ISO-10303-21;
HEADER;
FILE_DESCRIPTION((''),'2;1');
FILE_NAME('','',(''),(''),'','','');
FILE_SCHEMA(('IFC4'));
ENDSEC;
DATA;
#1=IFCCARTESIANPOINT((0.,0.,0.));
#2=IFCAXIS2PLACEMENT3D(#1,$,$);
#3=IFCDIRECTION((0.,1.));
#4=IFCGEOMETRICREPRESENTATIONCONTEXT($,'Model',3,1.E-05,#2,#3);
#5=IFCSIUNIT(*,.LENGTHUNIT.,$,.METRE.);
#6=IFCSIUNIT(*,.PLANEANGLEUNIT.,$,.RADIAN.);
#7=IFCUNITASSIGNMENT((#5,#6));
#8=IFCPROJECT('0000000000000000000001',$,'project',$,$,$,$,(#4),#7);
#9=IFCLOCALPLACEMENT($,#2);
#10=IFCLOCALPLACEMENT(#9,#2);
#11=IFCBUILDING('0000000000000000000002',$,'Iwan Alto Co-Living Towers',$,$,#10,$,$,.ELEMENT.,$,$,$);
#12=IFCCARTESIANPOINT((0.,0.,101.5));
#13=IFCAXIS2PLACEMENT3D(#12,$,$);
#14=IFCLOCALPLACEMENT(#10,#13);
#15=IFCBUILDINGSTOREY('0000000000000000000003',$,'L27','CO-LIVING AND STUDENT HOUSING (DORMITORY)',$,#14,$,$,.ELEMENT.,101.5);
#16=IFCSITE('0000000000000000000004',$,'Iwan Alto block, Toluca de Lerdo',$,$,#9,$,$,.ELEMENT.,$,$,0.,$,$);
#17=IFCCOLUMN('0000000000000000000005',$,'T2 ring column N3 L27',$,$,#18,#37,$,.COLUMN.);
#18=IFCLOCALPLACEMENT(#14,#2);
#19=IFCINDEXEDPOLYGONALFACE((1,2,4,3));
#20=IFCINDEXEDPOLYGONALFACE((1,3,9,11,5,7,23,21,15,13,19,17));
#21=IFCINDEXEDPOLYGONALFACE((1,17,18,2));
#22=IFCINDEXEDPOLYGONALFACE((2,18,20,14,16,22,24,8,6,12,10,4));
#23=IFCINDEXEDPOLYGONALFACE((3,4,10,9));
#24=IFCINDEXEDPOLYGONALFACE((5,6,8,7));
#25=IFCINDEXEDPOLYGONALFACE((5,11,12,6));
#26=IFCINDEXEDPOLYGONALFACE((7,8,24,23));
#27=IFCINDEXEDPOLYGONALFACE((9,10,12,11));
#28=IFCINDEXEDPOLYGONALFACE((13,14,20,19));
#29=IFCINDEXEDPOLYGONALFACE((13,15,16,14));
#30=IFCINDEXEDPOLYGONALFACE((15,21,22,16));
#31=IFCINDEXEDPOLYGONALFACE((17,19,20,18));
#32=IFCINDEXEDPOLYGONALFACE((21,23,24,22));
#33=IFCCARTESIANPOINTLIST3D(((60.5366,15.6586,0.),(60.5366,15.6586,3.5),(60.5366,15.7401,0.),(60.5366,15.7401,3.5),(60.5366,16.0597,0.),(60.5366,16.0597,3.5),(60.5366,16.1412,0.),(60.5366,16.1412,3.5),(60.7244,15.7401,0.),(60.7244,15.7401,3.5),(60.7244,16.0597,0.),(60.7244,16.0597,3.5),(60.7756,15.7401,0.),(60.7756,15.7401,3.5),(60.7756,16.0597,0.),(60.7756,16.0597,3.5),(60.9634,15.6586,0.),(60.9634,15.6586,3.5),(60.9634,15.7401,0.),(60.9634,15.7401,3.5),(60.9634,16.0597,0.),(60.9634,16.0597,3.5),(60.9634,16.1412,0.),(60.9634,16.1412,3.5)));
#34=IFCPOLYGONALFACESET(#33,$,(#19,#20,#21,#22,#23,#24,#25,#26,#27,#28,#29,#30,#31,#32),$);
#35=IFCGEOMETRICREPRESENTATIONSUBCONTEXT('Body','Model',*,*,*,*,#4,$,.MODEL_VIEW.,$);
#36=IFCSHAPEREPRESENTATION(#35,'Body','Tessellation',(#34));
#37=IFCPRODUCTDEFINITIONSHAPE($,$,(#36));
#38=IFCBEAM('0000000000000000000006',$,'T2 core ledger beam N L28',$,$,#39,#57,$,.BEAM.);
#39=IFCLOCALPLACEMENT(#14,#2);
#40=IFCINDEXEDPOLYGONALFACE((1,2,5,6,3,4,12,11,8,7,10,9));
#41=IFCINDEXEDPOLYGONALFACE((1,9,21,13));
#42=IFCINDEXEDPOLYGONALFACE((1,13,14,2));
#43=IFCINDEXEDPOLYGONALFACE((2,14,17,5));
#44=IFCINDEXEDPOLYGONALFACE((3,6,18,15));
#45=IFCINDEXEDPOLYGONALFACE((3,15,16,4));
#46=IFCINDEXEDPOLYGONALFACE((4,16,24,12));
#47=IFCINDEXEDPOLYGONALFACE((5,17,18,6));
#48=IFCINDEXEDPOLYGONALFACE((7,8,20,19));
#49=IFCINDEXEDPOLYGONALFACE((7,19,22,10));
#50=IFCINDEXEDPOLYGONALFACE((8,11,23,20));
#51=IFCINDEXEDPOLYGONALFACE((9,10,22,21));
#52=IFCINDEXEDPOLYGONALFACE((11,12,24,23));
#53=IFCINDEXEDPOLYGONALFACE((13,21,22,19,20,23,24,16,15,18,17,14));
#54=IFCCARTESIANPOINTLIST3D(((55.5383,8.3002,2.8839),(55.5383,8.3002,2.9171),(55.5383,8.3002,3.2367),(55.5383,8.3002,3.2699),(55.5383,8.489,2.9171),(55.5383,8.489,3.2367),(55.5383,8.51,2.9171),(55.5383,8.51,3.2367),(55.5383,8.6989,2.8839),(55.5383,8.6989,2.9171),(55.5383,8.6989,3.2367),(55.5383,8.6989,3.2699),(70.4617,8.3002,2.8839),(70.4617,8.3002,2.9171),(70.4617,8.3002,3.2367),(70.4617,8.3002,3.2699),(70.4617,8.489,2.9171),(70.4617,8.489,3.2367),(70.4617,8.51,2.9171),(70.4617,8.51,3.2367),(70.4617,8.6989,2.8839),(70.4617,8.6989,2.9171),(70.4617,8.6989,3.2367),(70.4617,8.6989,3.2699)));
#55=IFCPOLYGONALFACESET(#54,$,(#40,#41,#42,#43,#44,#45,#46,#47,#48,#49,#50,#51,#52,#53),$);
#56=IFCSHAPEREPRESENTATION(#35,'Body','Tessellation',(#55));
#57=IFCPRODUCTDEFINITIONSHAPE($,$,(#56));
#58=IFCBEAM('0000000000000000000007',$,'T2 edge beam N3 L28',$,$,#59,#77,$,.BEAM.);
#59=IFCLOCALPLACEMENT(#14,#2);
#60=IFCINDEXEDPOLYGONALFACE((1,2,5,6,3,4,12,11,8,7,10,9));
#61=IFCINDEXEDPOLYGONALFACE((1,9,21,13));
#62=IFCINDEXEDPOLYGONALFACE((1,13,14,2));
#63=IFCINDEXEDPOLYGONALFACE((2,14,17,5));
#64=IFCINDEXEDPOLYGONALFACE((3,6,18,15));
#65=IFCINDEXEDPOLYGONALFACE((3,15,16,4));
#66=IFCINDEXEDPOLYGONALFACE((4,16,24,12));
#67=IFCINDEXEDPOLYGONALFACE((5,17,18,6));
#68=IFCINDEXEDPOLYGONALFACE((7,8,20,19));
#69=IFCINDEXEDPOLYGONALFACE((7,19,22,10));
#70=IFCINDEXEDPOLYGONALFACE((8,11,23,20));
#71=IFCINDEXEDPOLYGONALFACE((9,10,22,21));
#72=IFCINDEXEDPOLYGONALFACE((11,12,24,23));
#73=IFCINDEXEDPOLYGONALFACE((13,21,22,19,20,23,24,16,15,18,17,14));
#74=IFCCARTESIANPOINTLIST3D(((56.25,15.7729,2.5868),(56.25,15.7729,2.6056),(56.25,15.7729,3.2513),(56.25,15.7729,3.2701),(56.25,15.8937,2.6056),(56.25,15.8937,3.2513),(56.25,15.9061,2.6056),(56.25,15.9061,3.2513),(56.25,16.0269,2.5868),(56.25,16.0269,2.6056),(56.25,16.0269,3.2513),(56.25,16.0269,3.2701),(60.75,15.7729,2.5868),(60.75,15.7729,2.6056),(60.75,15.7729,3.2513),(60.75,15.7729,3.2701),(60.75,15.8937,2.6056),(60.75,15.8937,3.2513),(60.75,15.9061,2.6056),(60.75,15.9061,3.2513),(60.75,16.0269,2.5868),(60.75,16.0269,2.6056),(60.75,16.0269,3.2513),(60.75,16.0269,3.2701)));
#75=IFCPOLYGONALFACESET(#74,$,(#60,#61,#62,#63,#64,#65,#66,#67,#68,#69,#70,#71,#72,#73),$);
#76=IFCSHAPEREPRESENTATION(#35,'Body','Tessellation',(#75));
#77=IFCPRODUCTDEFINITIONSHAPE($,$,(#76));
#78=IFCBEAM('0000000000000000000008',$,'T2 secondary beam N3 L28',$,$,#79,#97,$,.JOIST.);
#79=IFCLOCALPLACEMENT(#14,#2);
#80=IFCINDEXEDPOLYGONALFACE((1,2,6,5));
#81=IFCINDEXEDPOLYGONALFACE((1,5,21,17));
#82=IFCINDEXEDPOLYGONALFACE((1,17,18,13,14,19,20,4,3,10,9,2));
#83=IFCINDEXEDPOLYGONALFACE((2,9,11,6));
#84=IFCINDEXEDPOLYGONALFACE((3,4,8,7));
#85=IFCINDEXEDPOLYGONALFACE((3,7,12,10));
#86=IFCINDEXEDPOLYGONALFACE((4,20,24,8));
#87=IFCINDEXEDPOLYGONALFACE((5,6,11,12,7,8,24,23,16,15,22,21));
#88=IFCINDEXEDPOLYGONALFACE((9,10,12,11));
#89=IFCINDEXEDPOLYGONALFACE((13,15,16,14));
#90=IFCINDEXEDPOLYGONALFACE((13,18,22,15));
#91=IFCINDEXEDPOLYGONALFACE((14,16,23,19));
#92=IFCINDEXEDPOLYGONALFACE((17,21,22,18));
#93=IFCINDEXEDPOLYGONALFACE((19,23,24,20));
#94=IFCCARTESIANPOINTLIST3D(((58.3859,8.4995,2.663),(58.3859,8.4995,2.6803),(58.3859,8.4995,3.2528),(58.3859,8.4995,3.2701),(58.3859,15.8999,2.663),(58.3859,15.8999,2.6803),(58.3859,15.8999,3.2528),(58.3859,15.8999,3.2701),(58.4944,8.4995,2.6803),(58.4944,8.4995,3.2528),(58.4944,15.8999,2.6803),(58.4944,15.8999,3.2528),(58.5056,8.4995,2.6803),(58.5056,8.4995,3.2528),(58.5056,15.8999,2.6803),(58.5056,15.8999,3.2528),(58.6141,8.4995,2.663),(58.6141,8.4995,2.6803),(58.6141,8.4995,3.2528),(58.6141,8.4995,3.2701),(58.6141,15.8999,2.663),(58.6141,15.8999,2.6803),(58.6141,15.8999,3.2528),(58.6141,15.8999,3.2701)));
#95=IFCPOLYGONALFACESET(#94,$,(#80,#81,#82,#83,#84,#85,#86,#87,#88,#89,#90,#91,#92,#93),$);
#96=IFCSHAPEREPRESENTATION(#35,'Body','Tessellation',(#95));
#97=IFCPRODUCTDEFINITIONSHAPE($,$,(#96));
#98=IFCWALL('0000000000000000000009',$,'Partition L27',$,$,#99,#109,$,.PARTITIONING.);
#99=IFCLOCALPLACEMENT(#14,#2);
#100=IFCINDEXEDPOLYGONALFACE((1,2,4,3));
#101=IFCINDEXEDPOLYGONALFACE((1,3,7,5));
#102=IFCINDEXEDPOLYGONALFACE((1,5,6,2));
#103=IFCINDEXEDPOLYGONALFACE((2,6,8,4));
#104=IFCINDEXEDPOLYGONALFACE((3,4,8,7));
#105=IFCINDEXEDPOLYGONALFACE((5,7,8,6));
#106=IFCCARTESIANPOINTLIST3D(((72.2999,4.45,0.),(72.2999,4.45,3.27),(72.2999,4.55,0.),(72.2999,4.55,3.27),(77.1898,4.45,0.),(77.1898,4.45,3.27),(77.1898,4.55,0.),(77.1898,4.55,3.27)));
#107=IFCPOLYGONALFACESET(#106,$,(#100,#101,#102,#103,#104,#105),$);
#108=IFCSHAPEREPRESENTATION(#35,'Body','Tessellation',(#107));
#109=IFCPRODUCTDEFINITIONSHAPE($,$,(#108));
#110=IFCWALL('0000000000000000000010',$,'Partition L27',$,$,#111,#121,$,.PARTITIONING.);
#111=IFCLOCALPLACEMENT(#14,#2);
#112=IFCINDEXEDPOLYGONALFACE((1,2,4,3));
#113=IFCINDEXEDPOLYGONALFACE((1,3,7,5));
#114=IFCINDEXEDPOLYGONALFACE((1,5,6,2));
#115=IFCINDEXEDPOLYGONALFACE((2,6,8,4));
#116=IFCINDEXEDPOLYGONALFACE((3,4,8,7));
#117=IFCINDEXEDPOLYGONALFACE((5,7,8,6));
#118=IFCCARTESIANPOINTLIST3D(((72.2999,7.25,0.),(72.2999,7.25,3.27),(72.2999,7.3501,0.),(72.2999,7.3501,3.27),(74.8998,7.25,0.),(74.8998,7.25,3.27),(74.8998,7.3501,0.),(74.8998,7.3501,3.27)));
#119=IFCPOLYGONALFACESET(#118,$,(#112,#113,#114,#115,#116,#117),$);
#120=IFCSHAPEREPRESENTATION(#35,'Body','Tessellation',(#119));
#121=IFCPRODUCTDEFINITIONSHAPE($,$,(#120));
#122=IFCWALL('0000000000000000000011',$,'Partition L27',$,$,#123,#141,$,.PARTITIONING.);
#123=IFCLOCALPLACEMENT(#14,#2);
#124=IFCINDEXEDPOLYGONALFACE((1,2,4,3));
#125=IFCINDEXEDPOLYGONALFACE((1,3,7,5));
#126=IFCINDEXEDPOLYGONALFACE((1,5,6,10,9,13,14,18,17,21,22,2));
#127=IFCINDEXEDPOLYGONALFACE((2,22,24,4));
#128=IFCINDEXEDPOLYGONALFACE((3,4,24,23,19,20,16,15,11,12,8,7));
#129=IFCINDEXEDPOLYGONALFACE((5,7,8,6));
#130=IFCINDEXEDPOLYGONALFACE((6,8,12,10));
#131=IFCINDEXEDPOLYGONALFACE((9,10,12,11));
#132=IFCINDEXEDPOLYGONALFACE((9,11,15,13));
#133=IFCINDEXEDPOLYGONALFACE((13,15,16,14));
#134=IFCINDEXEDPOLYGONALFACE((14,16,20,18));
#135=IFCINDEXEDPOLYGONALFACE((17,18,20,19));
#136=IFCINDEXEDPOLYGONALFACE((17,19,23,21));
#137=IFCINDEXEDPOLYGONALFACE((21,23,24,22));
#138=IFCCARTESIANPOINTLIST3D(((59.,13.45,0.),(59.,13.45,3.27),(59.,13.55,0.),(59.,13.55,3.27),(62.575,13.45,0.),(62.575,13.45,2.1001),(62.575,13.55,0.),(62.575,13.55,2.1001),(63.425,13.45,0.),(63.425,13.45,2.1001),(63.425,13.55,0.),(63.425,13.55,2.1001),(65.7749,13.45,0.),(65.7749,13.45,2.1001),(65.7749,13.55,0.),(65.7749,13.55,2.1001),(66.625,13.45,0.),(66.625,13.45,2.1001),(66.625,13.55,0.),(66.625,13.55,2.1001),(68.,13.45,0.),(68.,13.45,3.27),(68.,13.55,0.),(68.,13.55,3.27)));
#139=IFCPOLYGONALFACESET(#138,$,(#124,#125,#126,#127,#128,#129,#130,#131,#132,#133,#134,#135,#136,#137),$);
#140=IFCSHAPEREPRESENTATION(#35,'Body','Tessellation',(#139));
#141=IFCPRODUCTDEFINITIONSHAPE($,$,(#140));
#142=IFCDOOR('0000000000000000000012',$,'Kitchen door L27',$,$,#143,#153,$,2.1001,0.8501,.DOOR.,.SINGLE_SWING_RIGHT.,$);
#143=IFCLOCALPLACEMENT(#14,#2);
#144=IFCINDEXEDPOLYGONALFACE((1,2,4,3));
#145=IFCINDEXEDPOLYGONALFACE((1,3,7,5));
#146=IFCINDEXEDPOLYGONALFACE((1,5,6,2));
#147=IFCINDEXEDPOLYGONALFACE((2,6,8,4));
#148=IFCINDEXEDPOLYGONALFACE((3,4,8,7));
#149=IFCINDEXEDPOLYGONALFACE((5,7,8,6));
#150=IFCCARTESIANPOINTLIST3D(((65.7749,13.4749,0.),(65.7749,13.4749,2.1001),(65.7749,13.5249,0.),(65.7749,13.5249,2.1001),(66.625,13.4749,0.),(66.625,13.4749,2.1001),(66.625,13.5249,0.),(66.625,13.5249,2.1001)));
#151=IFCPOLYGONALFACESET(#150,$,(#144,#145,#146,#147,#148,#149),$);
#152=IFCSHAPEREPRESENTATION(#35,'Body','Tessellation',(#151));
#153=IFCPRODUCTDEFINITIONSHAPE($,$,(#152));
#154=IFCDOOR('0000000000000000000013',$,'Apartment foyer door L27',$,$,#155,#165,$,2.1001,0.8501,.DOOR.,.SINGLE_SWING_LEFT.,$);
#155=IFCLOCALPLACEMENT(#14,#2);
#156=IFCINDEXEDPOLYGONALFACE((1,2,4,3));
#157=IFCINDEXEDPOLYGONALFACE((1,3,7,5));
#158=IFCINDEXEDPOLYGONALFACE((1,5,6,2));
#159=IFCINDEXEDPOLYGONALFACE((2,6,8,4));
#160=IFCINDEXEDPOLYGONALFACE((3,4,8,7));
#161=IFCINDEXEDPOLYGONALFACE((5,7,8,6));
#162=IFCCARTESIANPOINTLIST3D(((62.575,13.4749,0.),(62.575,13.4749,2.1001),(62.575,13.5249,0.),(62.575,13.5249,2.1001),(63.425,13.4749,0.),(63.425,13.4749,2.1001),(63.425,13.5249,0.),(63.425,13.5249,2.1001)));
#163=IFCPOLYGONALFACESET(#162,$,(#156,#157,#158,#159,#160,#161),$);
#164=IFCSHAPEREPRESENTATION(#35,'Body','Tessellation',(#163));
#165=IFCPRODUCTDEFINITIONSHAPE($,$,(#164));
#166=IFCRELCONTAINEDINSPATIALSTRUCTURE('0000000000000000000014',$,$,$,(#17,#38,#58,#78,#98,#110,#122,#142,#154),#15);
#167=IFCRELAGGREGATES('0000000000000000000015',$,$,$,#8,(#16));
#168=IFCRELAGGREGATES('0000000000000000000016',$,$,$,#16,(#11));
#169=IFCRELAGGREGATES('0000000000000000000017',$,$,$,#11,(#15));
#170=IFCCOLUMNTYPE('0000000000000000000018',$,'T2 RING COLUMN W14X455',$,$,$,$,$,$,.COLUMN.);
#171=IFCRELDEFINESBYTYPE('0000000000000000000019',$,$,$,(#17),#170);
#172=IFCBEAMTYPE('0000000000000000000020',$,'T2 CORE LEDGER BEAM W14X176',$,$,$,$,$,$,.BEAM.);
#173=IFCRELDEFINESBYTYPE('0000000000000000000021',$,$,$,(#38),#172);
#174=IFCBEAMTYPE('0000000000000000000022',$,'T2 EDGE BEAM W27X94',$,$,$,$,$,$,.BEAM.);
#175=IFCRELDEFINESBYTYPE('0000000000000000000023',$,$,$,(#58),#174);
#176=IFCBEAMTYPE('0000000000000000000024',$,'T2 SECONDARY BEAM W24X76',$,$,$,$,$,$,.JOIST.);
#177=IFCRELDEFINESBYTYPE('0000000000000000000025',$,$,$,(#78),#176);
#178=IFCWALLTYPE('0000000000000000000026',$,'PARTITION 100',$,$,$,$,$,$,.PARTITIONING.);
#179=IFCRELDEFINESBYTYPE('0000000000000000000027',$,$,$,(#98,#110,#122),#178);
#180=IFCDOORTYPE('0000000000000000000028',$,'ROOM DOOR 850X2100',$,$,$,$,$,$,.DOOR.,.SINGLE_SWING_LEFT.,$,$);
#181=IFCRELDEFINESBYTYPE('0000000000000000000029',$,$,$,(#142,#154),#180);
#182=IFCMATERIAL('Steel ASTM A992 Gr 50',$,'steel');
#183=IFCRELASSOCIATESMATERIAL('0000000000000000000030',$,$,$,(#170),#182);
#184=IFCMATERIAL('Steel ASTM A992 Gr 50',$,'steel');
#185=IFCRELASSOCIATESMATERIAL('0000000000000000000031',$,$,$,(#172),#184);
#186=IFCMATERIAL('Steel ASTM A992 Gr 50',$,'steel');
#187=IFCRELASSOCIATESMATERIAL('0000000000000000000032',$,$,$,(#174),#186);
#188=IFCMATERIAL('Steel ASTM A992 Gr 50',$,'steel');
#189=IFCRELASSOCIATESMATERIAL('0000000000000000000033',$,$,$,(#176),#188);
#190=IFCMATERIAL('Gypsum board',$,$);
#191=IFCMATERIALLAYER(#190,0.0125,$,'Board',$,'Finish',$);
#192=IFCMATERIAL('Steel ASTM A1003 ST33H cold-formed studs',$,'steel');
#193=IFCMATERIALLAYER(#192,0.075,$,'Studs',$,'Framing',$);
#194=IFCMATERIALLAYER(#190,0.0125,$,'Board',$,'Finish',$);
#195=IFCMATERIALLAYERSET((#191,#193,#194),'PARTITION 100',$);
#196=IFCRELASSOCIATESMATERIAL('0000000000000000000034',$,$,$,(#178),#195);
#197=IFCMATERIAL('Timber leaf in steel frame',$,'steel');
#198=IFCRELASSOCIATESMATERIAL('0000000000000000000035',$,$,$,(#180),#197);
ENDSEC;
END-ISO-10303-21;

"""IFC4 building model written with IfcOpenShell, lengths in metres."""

from ifc_helpers import new_model, si_unit, direction, frame, frame_2d, origin, origin_2d, place, context, subcontext, project, spatial, rectangle, i_section, extrude, material, layer, layer_set, material_profile, profile_set, type_object, element, fill, save


model = new_model("IFC4")

# Units and contexts
model_context = context("Model", 3, precision=1e-05, world=origin(), true_north=direction((0.0, 1.0)))
body_context = subcontext(model_context, "Body", "Model", "MODEL_VIEW")
ifc_project = project(units=[si_unit("LENGTHUNIT", "METRE"), si_unit("PLANEANGLEUNIT", "RADIAN")], contexts=[model_context])

# Site, building, storey
site_placement = place(None, origin())
site = spatial("IfcSite", under=ifc_project, at=site_placement, Name="Iwan Alto block, Toluca de Lerdo", CompositionType="ELEMENT", RefElevation=0.0)
building_placement = place(site_placement, origin())
building = spatial("IfcBuilding", under=site, at=building_placement, Name="Iwan Alto Co-Living Towers", CompositionType="ELEMENT")
storey_placement = place(building_placement, frame((0.0, 0.0, 101.5)))
storey = spatial("IfcBuildingStorey", under=building, at=storey_placement, Name="L27", Description="CO-LIVING AND STUDENT HOUSING (DORMITORY)", CompositionType="ELEMENT", Elevation=101.5)

# Column
ifc_material_1 = material(Name="Steel ASTM A992 Gr 50", Category="steel")
ifc_material_profile_1 = material_profile(ifc_material_1, i_section(OverallWidth=0.4268, OverallDepth=0.4827, WebThickness=0.0513, FlangeThickness=0.0815, at=origin_2d()), Name="W14X455")
ifc_profile_set_1 = profile_set([ifc_material_profile_1], Name="Steel ASTM A992 Gr 50")
column_type = type_object("IfcColumnType", Name="T2 RING COLUMN W14X455", PredefinedType="COLUMN", material=ifc_profile_set_1)
column_placement = place(storey_placement, frame((60.75, 15.8999, 0.0), z_axis=(0.0, 0.0, 1.0), x_axis=(1.0, 0.0, 0.0)))
element("IfcColumn", 1, at=column_placement, inside=storey, type_object=column_type, Name="T2 ring column N3 L27", PredefinedType="COLUMN", context=body_context, shape_type="SweptSolid", body=[
    extrude(i_section(OverallWidth=0.4268, OverallDepth=0.4827, WebThickness=0.0513, FlangeThickness=0.0815, at=origin_2d()), origin(), (0.0, 0.0, 1.0), 3.5),
])

# Beams
ifc_material_2 = material(Name="Steel ASTM A992 Gr 50", Category="steel")
ifc_material_profile_2 = material_profile(ifc_material_2, i_section(OverallWidth=0.3987, OverallDepth=0.386, WebThickness=0.021, FlangeThickness=0.0332, at=origin_2d()), Name="W14X176")
ifc_profile_set_2 = profile_set([ifc_material_profile_2], Name="Steel ASTM A992 Gr 50")
beam_type_1 = type_object("IfcBeamType", Name="T2 CORE LEDGER BEAM W14X176", PredefinedType="BEAM", material=ifc_profile_set_2)
beam_1_placement = place(storey_placement, frame((70.4617, 8.4995, 3.0769), z_axis=(-1.0, 0.0, 0.0), x_axis=(0.0, -1.0, 0.0)))
element("IfcBeam", 2, at=beam_1_placement, inside=storey, type_object=beam_type_1, Name="T2 core ledger beam N L28", PredefinedType="BEAM", context=body_context, shape_type="SweptSolid", body=[
    extrude(i_section(OverallWidth=0.3987, OverallDepth=0.386, WebThickness=0.021, FlangeThickness=0.0332, at=origin_2d()), origin(), (0.0, 0.0, 1.0), 14.9233),
])
ifc_material_3 = material(Name="Steel ASTM A992 Gr 50", Category="steel")
ifc_material_profile_3 = material_profile(ifc_material_3, i_section(OverallWidth=0.2539, OverallDepth=0.6833, WebThickness=0.0125, FlangeThickness=0.0188, at=origin_2d()), Name="W27X94")
ifc_profile_set_3 = profile_set([ifc_material_profile_3], Name="Steel ASTM A992 Gr 50")
beam_type_2 = type_object("IfcBeamType", Name="T2 EDGE BEAM W27X94", PredefinedType="BEAM", material=ifc_profile_set_3)
beam_2_placement = place(storey_placement, frame((60.75, 15.8999, 2.9285), z_axis=(-1.0, 0.0, 0.0), x_axis=(0.0, -1.0, 0.0)))
element("IfcBeam", 3, at=beam_2_placement, inside=storey, type_object=beam_type_2, Name="T2 edge beam N3 L28", PredefinedType="BEAM", context=body_context, shape_type="SweptSolid", body=[
    extrude(i_section(OverallWidth=0.2539, OverallDepth=0.6833, WebThickness=0.0125, FlangeThickness=0.0188, at=origin_2d()), origin(), (0.0, 0.0, 1.0), 4.5),
])
ifc_material_4 = material(Name="Steel ASTM A992 Gr 50", Category="steel")
ifc_material_profile_4 = material_profile(ifc_material_4, i_section(OverallWidth=0.2283, OverallDepth=0.6072, WebThickness=0.0112, FlangeThickness=0.0173, at=origin_2d()), Name="W24X76")
ifc_profile_set_4 = profile_set([ifc_material_profile_4], Name="Steel ASTM A992 Gr 50")
beam_type_3 = type_object("IfcBeamType", Name="T2 SECONDARY BEAM W24X76", PredefinedType="JOIST", material=ifc_profile_set_4)
beam_3_placement = place(storey_placement, frame((58.5, 15.8999, 2.9666), z_axis=(0.0, -1.0, 0.0), x_axis=(1.0, 0.0, 0.0)))
element("IfcBeam", 4, at=beam_3_placement, inside=storey, type_object=beam_type_3, Name="T2 secondary beam N3 L28", PredefinedType="JOIST", context=body_context, shape_type="SweptSolid", body=[
    extrude(i_section(OverallWidth=0.2283, OverallDepth=0.6072, WebThickness=0.0112, FlangeThickness=0.0173, at=origin_2d()), origin(), (0.0, 0.0, 1.0), 7.4004),
])

# Walls
ifc_material_5 = material(Name="Gypsum board")
ifc_layer_1 = layer(ifc_material_5, 0.0125, Name="Board", Category="Finish")
ifc_material_6 = material(Name="Steel ASTM A1003 ST33H cold-formed studs", Category="steel")
ifc_layer_2 = layer(ifc_material_6, 0.075, Name="Studs", Category="Framing")
ifc_layer_3 = layer(ifc_material_5, 0.0125, Name="Board", Category="Finish")
ifc_layer_set_1 = layer_set([ifc_layer_1, ifc_layer_2, ifc_layer_3], Name="PARTITION 100")
wall_type_1 = type_object("IfcWallType", Name="PARTITION 100", PredefinedType="PARTITIONING", material=ifc_layer_set_1)
wall_1_placement = place(storey_placement, frame((72.3, 4.5, 0.0), z_axis=(0.0, 0.0, 1.0), x_axis=(1.0, 0.0, 0.0)))
element("IfcWall", 5, at=wall_1_placement, inside=storey, type_object=wall_type_1, Name="Partition L27", PredefinedType="PARTITIONING", context=body_context, shape_type="SweptSolid", body=[
    extrude(rectangle(XDim=4.8899, YDim=0.1001, at=frame_2d((2.4448, 0.0))), origin(), (0.0, 0.0, 1.0), 3.27),
])
wall_2_placement = place(storey_placement, frame((72.3, 7.3, 0.0), z_axis=(0.0, 0.0, 1.0), x_axis=(1.0, 0.0, 0.0)))
element("IfcWall", 6, at=wall_2_placement, inside=storey, type_object=wall_type_1, Name="Partition L27", PredefinedType="PARTITIONING", context=body_context, shape_type="SweptSolid", body=[
    extrude(rectangle(XDim=2.5999, YDim=0.1001, at=frame_2d((1.2998, 0.0))), origin(), (0.0, 0.0, 1.0), 3.27),
])

# Wall, openings, doors
wall_3_placement = place(storey_placement, frame((59.0, 13.5, 0.0), z_axis=(0.0, 0.0, 1.0), x_axis=(1.0, 0.0, 0.0)))
wall_3 = element("IfcWall", 7, at=wall_3_placement, inside=storey, type_object=wall_type_1, Name="Partition L27", PredefinedType="PARTITIONING", context=body_context, shape_type="SweptSolid", body=[
    extrude(rectangle(XDim=9.0, YDim=0.1001, at=frame_2d((4.5, 0.0))), origin(), (0.0, 0.0, 1.0), 3.27),
])
opening_1_placement = place(wall_3_placement, frame((6.7749, 0.0, 0.0)))
opening_1 = element("IfcOpeningElement", 8, at=opening_1_placement, cuts=wall_3, PredefinedType="OPENING", context=body_context, shape_type="SweptSolid", body=[
    extrude(rectangle(XDim=0.8501, YDim=2.1001, at=frame_2d((0.425, 1.05))), frame((0.0, 0.0601, 0.0), z_axis=(0.0, -1.0, 0.0), x_axis=(1.0, 0.0, 0.0)), (0.0, 0.0, 1.0), 0.1201),
])
opening_2_placement = place(wall_3_placement, frame((3.575, 0.0, 0.0)))
opening_2 = element("IfcOpeningElement", 9, at=opening_2_placement, cuts=wall_3, PredefinedType="OPENING", context=body_context, shape_type="SweptSolid", body=[
    extrude(rectangle(XDim=0.8501, YDim=2.1001, at=frame_2d((0.425, 1.05))), frame((0.0, 0.0601, 0.0), z_axis=(0.0, -1.0, 0.0), x_axis=(1.0, 0.0, 0.0)), (0.0, 0.0, 1.0), 0.1201),
])
ifc_material_7 = material(Name="Timber leaf in steel frame", Category="steel")
door_type_1 = type_object("IfcDoorType", Name="ROOM DOOR 850X2100", OperationType="SINGLE_SWING_LEFT", PredefinedType="DOOR", material=ifc_material_7)
door_1_placement = place(opening_1_placement, origin())
door_1 = element("IfcDoor", 10, at=door_1_placement, inside=storey, type_object=door_type_1, Name="Kitchen door L27", OperationType="SINGLE_SWING_RIGHT", OverallHeight=2.1001, OverallWidth=0.8501, PredefinedType="DOOR", context=body_context, shape_type="SweptSolid", body=[
    extrude(rectangle(XDim=0.8501, YDim=2.1001, at=frame_2d((0.425, 1.05))), frame((0.0, 0.0249, 0.0), z_axis=(0.0, -1.0, 0.0), x_axis=(1.0, 0.0, 0.0)), (0.0, 0.0, 1.0), 0.05),
])
fill(opening_1, door_1)
door_2_placement = place(opening_2_placement, origin())
door_2 = element("IfcDoor", 11, at=door_2_placement, inside=storey, type_object=door_type_1, Name="Apartment foyer door L27", OperationType="SINGLE_SWING_LEFT", OverallHeight=2.1001, OverallWidth=0.8501, PredefinedType="DOOR", context=body_context, shape_type="SweptSolid", body=[
    extrude(rectangle(XDim=0.8501, YDim=2.1001, at=frame_2d((0.425, 1.05))), frame((0.0, 0.0249, 0.0), z_axis=(0.0, -1.0, 0.0), x_axis=(1.0, 0.0, 0.0)), (0.0, 0.0, 1.0), 0.05),
])
fill(opening_2, door_2)

save(model, "model.ifc")
